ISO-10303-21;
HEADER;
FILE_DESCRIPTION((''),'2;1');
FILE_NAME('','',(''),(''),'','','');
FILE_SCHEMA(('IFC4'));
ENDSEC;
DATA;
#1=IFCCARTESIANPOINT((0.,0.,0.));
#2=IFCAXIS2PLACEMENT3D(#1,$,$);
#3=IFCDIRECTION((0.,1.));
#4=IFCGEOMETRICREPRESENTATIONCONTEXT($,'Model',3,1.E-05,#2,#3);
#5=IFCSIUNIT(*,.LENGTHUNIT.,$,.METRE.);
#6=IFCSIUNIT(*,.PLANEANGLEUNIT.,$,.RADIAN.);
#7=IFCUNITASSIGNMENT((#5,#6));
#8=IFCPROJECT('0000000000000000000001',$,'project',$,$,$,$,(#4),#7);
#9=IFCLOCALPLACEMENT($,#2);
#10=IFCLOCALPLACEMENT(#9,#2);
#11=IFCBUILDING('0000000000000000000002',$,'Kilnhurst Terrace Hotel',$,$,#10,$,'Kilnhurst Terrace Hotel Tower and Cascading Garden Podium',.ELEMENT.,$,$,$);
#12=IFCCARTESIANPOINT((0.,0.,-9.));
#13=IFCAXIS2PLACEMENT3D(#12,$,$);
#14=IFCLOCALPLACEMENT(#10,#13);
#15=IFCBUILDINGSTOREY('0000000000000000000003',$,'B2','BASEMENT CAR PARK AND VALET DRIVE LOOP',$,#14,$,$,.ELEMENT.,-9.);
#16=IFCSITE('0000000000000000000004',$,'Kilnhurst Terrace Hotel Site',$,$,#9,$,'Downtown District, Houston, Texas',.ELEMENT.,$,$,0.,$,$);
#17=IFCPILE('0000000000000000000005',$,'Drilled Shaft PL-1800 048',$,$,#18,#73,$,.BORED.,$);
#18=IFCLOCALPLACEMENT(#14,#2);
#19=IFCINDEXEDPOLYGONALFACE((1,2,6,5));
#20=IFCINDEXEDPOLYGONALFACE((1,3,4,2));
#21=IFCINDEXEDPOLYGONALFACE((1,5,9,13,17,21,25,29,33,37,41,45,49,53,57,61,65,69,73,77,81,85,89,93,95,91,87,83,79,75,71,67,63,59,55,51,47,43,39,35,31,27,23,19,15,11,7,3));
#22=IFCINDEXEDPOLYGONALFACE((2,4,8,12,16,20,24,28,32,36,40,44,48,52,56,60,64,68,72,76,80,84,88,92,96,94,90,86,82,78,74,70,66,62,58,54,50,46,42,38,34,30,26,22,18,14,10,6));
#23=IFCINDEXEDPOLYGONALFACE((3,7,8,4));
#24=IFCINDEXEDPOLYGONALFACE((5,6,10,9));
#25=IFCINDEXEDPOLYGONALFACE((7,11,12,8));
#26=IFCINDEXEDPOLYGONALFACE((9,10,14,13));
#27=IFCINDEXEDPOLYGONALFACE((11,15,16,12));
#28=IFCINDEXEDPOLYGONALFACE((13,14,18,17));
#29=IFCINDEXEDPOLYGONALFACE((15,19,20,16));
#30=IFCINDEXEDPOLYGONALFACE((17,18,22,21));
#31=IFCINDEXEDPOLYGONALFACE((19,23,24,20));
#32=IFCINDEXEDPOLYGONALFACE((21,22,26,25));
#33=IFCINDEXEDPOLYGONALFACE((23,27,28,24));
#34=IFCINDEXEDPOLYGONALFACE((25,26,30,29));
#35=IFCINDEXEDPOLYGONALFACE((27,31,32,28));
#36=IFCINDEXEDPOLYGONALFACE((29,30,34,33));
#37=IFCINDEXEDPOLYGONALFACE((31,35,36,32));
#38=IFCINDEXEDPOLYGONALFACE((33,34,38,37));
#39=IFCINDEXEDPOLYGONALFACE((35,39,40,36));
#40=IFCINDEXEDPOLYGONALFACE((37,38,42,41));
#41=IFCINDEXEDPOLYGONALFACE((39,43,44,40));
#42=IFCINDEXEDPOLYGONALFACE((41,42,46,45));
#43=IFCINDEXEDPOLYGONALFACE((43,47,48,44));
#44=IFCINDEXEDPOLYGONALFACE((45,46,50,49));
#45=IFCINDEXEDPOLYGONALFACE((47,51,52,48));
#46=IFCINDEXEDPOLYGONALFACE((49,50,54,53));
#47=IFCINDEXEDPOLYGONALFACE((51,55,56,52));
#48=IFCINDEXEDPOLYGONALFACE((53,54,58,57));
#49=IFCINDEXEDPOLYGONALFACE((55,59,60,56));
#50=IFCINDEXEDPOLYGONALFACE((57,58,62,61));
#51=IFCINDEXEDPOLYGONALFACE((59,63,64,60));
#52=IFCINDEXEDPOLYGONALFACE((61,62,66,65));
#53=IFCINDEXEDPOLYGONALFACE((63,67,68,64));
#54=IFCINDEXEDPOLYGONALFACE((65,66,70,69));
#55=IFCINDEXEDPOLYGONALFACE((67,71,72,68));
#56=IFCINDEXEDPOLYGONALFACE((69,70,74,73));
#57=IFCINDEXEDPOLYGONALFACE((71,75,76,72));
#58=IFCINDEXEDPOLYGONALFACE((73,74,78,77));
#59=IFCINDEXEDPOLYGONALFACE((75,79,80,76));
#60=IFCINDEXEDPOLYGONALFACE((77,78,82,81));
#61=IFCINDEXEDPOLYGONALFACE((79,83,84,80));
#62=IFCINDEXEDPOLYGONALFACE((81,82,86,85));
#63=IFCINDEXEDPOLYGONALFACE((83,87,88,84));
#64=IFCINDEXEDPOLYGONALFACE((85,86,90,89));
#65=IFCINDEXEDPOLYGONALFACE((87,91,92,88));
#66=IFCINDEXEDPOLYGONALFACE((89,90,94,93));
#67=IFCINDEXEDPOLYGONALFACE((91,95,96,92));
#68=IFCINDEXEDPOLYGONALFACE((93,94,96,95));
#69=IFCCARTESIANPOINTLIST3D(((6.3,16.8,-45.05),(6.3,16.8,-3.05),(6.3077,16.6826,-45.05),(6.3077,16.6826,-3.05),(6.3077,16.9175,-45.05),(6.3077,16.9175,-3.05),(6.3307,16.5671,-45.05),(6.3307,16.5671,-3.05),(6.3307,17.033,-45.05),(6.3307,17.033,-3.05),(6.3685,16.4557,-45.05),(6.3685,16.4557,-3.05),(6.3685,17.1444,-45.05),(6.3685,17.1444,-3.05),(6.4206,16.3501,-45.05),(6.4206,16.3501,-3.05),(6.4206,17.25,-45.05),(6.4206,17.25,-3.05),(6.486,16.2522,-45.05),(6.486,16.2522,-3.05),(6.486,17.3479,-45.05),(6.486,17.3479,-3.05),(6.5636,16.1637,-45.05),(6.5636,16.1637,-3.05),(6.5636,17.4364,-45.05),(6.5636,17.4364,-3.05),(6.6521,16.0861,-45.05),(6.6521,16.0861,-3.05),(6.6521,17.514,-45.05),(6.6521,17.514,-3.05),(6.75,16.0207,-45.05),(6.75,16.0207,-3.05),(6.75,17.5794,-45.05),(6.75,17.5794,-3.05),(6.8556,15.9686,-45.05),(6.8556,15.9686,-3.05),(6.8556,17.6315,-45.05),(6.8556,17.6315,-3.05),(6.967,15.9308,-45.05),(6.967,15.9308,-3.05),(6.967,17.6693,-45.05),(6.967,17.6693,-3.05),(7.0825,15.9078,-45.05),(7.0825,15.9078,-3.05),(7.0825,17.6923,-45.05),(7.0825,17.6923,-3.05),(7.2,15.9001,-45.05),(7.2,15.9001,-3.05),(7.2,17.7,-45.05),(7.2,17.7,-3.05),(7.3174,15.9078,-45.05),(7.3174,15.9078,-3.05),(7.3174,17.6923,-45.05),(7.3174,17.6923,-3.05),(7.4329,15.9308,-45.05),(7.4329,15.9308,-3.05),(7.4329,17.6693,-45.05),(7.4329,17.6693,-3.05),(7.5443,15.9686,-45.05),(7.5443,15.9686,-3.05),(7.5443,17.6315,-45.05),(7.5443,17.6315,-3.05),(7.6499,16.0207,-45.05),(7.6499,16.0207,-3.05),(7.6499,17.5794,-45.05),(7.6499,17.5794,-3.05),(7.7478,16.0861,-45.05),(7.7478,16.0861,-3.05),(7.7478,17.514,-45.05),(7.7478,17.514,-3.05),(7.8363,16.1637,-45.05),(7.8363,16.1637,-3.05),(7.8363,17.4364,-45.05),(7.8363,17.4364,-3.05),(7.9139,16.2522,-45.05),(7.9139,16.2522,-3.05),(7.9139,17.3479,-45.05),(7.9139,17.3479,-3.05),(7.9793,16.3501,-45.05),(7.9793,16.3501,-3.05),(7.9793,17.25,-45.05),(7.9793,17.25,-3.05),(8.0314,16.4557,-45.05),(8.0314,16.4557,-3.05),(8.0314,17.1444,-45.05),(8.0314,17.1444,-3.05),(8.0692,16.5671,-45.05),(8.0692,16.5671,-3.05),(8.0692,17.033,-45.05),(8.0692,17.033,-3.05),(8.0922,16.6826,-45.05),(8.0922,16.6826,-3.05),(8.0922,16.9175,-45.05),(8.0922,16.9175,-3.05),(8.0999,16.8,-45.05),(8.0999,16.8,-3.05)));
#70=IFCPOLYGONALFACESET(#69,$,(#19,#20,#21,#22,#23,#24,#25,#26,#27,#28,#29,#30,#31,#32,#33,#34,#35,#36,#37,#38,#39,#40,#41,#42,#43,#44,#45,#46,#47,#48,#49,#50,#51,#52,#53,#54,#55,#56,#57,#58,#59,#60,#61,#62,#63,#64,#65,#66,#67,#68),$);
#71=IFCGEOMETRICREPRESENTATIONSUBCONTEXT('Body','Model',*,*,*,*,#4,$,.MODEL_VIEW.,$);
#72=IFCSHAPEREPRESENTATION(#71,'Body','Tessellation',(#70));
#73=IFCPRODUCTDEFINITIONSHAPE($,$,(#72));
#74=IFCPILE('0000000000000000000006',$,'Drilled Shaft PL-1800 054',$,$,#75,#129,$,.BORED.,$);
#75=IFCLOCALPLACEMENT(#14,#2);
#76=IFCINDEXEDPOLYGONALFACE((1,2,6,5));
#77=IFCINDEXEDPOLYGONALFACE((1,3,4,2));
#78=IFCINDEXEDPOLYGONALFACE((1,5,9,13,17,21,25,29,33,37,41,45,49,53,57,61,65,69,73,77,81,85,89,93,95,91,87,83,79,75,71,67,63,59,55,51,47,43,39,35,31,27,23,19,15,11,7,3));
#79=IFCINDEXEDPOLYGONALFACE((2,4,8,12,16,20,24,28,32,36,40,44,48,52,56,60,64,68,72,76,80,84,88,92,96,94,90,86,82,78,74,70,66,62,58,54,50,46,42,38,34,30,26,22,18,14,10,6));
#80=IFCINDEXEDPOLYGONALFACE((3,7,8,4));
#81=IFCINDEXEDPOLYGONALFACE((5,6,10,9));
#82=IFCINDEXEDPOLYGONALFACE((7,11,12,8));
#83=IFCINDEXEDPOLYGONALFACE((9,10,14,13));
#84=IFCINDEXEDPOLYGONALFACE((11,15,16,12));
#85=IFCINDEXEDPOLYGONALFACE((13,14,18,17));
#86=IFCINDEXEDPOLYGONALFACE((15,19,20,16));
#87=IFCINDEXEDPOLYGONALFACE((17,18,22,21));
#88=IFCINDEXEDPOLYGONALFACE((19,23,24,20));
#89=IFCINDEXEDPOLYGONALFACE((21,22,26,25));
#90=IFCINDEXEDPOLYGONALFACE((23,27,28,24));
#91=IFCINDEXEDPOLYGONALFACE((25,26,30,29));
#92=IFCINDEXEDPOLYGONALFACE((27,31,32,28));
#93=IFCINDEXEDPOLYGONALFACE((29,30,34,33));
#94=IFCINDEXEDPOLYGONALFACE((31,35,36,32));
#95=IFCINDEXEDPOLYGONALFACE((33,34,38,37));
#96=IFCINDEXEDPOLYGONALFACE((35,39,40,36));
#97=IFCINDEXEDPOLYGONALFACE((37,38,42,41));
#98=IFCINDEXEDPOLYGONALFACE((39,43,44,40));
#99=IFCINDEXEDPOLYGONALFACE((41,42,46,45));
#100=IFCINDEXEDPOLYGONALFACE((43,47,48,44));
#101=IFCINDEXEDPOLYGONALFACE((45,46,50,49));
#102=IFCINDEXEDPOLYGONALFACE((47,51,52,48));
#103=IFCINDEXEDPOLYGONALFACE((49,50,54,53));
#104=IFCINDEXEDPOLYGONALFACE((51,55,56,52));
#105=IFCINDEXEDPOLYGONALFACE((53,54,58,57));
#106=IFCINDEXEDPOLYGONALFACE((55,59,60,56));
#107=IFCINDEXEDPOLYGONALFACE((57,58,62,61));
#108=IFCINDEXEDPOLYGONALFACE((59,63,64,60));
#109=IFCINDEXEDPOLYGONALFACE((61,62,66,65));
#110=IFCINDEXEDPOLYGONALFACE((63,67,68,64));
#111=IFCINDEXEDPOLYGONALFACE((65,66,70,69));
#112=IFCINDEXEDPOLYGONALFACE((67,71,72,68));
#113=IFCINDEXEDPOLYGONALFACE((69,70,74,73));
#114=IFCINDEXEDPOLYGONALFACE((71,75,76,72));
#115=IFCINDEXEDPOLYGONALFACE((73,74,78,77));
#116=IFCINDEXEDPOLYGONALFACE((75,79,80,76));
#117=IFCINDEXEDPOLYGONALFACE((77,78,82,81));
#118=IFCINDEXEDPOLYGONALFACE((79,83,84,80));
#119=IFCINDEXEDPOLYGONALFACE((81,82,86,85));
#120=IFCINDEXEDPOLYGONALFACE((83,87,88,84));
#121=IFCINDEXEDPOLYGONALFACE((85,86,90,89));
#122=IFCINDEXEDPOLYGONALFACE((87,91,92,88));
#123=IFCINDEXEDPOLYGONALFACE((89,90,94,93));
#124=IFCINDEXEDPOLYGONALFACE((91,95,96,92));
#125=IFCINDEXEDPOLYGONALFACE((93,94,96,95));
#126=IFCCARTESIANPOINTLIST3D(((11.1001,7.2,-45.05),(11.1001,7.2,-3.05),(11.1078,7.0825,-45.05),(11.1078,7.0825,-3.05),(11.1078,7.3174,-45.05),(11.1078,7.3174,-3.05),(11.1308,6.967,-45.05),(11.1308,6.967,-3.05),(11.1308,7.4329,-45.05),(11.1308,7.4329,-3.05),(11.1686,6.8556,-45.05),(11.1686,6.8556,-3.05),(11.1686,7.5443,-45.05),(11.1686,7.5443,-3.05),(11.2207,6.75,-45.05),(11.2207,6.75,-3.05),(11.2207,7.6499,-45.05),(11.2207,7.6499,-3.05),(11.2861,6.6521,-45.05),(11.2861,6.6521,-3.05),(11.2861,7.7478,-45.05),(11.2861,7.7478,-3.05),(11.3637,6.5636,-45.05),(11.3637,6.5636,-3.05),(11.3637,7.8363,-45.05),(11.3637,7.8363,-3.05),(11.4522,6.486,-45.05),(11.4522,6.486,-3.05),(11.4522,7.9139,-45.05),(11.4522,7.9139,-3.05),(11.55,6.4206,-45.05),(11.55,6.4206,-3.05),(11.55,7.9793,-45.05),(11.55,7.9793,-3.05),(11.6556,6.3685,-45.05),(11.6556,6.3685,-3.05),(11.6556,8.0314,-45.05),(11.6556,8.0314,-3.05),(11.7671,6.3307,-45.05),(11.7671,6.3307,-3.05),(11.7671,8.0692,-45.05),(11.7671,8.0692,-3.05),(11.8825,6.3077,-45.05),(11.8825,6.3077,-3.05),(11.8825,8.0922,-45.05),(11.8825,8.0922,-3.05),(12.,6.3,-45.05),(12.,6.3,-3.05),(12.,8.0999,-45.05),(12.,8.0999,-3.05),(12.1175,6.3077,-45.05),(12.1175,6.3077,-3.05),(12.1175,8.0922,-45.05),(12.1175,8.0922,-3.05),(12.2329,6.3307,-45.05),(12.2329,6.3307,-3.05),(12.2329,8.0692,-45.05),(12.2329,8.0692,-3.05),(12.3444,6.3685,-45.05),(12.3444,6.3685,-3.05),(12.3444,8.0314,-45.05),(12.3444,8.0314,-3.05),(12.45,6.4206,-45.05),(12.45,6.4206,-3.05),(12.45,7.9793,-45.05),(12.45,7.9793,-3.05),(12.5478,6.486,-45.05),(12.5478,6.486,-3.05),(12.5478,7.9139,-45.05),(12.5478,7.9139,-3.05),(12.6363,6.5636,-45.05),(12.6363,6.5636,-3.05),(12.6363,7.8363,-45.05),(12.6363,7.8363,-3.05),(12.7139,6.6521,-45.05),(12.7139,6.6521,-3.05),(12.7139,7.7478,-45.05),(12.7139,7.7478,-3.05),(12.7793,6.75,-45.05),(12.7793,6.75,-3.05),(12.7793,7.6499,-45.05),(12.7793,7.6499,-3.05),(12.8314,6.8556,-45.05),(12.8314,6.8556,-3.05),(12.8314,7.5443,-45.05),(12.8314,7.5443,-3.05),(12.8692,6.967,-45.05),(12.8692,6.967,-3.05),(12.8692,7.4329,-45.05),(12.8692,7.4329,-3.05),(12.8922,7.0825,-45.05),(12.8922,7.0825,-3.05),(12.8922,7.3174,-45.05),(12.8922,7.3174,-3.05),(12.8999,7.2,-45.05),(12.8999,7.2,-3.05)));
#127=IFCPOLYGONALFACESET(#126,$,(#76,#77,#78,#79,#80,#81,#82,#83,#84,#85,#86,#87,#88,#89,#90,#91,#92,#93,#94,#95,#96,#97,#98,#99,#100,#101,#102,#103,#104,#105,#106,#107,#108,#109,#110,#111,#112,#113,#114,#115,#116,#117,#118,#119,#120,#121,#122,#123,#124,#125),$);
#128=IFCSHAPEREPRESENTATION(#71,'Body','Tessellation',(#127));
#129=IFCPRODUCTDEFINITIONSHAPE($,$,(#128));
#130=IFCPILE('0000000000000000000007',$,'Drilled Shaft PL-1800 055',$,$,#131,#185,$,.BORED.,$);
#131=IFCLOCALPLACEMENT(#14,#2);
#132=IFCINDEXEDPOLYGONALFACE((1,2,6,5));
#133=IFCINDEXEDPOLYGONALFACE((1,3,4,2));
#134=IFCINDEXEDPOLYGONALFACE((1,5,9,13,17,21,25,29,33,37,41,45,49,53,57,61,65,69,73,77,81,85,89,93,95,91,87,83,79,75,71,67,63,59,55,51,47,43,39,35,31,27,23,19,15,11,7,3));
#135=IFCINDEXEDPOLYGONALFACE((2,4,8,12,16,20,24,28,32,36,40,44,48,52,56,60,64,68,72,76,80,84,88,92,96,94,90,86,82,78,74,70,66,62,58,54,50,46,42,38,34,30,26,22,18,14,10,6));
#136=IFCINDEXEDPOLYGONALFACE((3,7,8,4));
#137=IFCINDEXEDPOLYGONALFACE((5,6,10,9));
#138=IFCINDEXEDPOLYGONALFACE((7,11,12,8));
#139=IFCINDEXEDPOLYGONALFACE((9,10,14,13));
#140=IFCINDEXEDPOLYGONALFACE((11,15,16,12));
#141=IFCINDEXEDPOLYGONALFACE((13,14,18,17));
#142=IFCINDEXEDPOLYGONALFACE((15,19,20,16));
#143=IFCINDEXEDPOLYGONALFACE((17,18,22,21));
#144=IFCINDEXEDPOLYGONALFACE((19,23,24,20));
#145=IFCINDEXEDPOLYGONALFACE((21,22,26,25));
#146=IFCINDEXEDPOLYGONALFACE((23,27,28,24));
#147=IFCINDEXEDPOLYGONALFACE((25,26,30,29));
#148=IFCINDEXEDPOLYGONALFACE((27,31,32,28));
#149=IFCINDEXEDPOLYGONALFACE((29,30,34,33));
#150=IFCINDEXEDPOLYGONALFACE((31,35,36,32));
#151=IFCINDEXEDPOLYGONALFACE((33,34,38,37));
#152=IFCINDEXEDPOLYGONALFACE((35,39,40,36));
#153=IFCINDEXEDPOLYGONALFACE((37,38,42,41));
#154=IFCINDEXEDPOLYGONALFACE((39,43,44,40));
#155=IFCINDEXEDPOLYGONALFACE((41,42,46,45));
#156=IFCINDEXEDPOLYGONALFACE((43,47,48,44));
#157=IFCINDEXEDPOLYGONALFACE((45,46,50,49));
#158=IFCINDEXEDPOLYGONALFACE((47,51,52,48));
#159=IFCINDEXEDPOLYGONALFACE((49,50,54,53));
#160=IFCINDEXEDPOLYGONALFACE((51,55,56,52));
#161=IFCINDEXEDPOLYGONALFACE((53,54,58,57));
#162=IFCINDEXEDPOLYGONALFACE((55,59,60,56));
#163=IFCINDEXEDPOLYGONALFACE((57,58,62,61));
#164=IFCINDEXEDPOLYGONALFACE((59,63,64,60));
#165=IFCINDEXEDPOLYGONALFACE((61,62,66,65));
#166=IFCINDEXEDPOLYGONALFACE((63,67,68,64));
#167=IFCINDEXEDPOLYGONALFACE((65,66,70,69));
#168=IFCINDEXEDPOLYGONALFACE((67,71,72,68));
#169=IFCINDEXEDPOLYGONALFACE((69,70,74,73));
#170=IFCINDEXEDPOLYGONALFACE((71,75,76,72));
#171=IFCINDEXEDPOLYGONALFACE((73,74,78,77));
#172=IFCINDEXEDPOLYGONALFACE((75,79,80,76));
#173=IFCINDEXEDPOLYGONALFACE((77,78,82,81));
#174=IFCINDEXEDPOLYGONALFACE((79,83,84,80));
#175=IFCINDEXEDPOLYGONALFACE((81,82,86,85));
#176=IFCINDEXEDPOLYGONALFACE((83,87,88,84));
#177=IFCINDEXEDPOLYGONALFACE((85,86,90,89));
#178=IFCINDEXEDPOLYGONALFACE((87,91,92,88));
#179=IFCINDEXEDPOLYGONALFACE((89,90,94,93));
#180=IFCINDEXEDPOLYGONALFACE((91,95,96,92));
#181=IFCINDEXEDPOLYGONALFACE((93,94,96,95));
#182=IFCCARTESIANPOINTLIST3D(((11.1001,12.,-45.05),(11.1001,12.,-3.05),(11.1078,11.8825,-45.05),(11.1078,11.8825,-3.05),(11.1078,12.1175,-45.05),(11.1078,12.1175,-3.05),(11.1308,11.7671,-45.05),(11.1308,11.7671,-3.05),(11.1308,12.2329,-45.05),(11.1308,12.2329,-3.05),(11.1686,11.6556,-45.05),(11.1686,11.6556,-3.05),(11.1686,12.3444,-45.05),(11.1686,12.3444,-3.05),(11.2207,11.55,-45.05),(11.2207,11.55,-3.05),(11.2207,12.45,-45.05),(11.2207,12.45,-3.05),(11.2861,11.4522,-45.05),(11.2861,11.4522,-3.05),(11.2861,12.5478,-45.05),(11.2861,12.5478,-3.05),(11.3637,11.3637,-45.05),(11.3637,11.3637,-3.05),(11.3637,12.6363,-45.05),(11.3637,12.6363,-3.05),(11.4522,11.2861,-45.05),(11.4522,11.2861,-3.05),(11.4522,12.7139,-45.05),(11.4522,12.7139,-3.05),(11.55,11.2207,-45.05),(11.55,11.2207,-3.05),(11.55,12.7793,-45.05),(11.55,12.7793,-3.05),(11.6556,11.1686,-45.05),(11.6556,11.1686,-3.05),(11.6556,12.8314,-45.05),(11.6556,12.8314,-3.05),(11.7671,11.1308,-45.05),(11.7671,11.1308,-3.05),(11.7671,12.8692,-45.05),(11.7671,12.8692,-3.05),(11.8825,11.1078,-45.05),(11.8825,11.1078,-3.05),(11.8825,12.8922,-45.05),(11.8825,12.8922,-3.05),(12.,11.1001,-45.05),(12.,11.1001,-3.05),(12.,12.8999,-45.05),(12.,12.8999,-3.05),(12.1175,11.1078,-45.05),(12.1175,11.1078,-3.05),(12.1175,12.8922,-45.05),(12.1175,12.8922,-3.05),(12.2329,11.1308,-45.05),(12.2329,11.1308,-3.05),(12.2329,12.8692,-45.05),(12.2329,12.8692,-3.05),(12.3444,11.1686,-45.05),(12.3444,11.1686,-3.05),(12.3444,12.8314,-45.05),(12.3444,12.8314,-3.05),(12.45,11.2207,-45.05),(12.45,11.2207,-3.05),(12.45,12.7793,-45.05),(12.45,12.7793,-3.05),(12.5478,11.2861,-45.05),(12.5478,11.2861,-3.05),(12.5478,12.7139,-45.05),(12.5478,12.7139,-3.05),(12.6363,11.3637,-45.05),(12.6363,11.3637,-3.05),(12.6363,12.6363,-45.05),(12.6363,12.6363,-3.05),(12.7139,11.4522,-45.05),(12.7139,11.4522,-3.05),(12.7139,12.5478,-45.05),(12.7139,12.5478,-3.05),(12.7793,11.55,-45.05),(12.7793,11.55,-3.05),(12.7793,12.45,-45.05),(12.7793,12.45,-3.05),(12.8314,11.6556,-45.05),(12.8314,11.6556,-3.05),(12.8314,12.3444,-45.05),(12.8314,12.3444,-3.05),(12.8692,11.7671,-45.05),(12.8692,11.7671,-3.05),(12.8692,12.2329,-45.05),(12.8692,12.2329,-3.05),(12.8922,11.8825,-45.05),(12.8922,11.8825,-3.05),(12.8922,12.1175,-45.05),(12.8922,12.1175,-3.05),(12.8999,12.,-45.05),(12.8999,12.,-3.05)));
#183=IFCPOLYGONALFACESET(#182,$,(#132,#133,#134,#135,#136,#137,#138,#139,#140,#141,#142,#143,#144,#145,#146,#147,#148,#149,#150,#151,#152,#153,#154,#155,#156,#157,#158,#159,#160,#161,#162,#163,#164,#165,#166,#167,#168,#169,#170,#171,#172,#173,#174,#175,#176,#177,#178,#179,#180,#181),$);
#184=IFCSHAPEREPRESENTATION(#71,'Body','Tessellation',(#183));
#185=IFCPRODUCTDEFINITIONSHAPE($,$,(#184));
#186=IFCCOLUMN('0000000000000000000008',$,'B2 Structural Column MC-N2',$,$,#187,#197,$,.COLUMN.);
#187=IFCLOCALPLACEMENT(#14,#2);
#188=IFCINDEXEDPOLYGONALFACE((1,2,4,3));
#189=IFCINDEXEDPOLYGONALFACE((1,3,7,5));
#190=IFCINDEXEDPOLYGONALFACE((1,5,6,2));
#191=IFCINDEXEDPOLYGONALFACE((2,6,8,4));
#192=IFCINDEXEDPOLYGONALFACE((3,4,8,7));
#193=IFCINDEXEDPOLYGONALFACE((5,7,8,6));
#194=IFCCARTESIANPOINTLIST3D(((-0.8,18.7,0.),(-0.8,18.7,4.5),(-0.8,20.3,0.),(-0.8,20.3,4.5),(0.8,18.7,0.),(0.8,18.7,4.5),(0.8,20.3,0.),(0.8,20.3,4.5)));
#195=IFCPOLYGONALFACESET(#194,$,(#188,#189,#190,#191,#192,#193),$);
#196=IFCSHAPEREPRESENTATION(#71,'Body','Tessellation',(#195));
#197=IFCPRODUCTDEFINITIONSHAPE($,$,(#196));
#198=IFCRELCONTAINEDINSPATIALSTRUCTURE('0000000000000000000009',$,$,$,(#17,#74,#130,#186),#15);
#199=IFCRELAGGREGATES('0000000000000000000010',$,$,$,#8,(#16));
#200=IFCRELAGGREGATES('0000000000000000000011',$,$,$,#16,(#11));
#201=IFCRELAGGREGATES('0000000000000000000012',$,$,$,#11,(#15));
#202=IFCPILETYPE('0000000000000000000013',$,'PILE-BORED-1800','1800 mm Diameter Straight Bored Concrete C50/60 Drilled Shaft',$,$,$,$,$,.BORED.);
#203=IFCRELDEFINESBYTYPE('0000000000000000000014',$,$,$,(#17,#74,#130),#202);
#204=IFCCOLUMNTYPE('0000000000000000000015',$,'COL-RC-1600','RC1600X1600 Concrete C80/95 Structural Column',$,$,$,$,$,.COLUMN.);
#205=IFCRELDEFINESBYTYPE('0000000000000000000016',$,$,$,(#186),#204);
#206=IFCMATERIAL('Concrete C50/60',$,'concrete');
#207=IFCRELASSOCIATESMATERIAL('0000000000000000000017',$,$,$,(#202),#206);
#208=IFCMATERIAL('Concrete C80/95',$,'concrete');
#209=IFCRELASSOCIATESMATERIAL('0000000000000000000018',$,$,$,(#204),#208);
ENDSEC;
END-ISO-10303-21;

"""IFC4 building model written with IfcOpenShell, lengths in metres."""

from ifc_helpers import new_model, si_unit, direction, frame, origin, origin_2d, place, context, subcontext, project, spatial, rectangle, circle, extrude, material, material_profile, profile_set, type_object, element, save


model = new_model("IFC4")

# Units and contexts
model_context = context("Model", 3, precision=1e-05, world=origin(), true_north=direction((0.0, 1.0)))
body_context = subcontext(model_context, "Body", "Model", "MODEL_VIEW")
ifc_project = project(units=[si_unit("LENGTHUNIT", "METRE"), si_unit("PLANEANGLEUNIT", "RADIAN")], contexts=[model_context])

# Site, building, storey
site_placement = place(None, origin())
site = spatial("IfcSite", under=ifc_project, at=site_placement, Name="Kilnhurst Terrace Hotel Site", LongName="Downtown District, Houston, Texas", CompositionType="ELEMENT", RefElevation=0.0)
building_placement = place(site_placement, origin())
building = spatial("IfcBuilding", under=site, at=building_placement, Name="Kilnhurst Terrace Hotel", LongName="Kilnhurst Terrace Hotel Tower and Cascading Garden Podium", CompositionType="ELEMENT")
storey_placement = place(building_placement, frame((0.0, 0.0, -9.0)))
storey = spatial("IfcBuildingStorey", under=building, at=storey_placement, Name="B2", Description="BASEMENT CAR PARK AND VALET DRIVE LOOP", CompositionType="ELEMENT", Elevation=-9.0)

# Piles
ifc_material_1 = material(Name="Concrete C50/60", Category="concrete")
ifc_material_profile_1 = material_profile(ifc_material_1, circle(Radius=0.8999, at=origin_2d()), Name="PILE1800")
ifc_profile_set_1 = profile_set([ifc_material_profile_1], Name="Concrete C50/60")
pile_type_1 = type_object("IfcPileType", Name="PILE-BORED-1800", Description="1800 mm Diameter Straight Bored Concrete C50/60 Drilled Shaft", PredefinedType="BORED", material=ifc_profile_set_1)
for number, where, z_axis, x_axis, name in (
    (1, (7.2, 16.8, -3.05), (0.0, 0.0, -1.0), (1.0, 0.0, 0.0), "Drilled Shaft PL-1800 048"),
    (2, (12.0, 7.2, -3.05), (0.0, 0.0, -1.0), (1.0, 0.0, 0.0), "Drilled Shaft PL-1800 054"),
    (3, (12.0, 12.0, -3.05), (0.0, 0.0, -1.0), (1.0, 0.0, 0.0), "Drilled Shaft PL-1800 055"),
):
    element("IfcPile", number, at=place(storey_placement, frame(where, z_axis=z_axis, x_axis=x_axis)), inside=storey, type_object=pile_type_1, Name=name, PredefinedType="BORED", context=body_context, shape_type="SweptSolid", body=[
        extrude(circle(Radius=0.8999, at=origin_2d()), origin(), (0.0, 0.0, 1.0), 42.0),
    ])

# Column
ifc_material_2 = material(Name="Concrete C80/95", Category="concrete")
ifc_material_profile_2 = material_profile(ifc_material_2, rectangle(XDim=1.6001, YDim=1.6001, at=origin_2d()), Name="RC1600X1600")
ifc_profile_set_2 = profile_set([ifc_material_profile_2], Name="Concrete C80/95")
column_type_1 = type_object("IfcColumnType", Name="COL-RC-1600", Description="RC1600X1600 Concrete C80/95 Structural Column", PredefinedType="COLUMN", material=ifc_profile_set_2)
column_placement = place(storey_placement, frame((0.0, 19.5, 0.0), z_axis=(0.0, 0.0, 1.0), x_axis=(1.0, 0.0, 0.0)))
element("IfcColumn", 4, at=column_placement, inside=storey, type_object=column_type_1, Name="B2 Structural Column MC-N2", PredefinedType="COLUMN", context=body_context, shape_type="SweptSolid", body=[
    extrude(rectangle(XDim=1.6001, YDim=1.6001, at=origin_2d()), origin(), (0.0, 0.0, 1.0), 4.5),
])

save(model, "model.ifc")
